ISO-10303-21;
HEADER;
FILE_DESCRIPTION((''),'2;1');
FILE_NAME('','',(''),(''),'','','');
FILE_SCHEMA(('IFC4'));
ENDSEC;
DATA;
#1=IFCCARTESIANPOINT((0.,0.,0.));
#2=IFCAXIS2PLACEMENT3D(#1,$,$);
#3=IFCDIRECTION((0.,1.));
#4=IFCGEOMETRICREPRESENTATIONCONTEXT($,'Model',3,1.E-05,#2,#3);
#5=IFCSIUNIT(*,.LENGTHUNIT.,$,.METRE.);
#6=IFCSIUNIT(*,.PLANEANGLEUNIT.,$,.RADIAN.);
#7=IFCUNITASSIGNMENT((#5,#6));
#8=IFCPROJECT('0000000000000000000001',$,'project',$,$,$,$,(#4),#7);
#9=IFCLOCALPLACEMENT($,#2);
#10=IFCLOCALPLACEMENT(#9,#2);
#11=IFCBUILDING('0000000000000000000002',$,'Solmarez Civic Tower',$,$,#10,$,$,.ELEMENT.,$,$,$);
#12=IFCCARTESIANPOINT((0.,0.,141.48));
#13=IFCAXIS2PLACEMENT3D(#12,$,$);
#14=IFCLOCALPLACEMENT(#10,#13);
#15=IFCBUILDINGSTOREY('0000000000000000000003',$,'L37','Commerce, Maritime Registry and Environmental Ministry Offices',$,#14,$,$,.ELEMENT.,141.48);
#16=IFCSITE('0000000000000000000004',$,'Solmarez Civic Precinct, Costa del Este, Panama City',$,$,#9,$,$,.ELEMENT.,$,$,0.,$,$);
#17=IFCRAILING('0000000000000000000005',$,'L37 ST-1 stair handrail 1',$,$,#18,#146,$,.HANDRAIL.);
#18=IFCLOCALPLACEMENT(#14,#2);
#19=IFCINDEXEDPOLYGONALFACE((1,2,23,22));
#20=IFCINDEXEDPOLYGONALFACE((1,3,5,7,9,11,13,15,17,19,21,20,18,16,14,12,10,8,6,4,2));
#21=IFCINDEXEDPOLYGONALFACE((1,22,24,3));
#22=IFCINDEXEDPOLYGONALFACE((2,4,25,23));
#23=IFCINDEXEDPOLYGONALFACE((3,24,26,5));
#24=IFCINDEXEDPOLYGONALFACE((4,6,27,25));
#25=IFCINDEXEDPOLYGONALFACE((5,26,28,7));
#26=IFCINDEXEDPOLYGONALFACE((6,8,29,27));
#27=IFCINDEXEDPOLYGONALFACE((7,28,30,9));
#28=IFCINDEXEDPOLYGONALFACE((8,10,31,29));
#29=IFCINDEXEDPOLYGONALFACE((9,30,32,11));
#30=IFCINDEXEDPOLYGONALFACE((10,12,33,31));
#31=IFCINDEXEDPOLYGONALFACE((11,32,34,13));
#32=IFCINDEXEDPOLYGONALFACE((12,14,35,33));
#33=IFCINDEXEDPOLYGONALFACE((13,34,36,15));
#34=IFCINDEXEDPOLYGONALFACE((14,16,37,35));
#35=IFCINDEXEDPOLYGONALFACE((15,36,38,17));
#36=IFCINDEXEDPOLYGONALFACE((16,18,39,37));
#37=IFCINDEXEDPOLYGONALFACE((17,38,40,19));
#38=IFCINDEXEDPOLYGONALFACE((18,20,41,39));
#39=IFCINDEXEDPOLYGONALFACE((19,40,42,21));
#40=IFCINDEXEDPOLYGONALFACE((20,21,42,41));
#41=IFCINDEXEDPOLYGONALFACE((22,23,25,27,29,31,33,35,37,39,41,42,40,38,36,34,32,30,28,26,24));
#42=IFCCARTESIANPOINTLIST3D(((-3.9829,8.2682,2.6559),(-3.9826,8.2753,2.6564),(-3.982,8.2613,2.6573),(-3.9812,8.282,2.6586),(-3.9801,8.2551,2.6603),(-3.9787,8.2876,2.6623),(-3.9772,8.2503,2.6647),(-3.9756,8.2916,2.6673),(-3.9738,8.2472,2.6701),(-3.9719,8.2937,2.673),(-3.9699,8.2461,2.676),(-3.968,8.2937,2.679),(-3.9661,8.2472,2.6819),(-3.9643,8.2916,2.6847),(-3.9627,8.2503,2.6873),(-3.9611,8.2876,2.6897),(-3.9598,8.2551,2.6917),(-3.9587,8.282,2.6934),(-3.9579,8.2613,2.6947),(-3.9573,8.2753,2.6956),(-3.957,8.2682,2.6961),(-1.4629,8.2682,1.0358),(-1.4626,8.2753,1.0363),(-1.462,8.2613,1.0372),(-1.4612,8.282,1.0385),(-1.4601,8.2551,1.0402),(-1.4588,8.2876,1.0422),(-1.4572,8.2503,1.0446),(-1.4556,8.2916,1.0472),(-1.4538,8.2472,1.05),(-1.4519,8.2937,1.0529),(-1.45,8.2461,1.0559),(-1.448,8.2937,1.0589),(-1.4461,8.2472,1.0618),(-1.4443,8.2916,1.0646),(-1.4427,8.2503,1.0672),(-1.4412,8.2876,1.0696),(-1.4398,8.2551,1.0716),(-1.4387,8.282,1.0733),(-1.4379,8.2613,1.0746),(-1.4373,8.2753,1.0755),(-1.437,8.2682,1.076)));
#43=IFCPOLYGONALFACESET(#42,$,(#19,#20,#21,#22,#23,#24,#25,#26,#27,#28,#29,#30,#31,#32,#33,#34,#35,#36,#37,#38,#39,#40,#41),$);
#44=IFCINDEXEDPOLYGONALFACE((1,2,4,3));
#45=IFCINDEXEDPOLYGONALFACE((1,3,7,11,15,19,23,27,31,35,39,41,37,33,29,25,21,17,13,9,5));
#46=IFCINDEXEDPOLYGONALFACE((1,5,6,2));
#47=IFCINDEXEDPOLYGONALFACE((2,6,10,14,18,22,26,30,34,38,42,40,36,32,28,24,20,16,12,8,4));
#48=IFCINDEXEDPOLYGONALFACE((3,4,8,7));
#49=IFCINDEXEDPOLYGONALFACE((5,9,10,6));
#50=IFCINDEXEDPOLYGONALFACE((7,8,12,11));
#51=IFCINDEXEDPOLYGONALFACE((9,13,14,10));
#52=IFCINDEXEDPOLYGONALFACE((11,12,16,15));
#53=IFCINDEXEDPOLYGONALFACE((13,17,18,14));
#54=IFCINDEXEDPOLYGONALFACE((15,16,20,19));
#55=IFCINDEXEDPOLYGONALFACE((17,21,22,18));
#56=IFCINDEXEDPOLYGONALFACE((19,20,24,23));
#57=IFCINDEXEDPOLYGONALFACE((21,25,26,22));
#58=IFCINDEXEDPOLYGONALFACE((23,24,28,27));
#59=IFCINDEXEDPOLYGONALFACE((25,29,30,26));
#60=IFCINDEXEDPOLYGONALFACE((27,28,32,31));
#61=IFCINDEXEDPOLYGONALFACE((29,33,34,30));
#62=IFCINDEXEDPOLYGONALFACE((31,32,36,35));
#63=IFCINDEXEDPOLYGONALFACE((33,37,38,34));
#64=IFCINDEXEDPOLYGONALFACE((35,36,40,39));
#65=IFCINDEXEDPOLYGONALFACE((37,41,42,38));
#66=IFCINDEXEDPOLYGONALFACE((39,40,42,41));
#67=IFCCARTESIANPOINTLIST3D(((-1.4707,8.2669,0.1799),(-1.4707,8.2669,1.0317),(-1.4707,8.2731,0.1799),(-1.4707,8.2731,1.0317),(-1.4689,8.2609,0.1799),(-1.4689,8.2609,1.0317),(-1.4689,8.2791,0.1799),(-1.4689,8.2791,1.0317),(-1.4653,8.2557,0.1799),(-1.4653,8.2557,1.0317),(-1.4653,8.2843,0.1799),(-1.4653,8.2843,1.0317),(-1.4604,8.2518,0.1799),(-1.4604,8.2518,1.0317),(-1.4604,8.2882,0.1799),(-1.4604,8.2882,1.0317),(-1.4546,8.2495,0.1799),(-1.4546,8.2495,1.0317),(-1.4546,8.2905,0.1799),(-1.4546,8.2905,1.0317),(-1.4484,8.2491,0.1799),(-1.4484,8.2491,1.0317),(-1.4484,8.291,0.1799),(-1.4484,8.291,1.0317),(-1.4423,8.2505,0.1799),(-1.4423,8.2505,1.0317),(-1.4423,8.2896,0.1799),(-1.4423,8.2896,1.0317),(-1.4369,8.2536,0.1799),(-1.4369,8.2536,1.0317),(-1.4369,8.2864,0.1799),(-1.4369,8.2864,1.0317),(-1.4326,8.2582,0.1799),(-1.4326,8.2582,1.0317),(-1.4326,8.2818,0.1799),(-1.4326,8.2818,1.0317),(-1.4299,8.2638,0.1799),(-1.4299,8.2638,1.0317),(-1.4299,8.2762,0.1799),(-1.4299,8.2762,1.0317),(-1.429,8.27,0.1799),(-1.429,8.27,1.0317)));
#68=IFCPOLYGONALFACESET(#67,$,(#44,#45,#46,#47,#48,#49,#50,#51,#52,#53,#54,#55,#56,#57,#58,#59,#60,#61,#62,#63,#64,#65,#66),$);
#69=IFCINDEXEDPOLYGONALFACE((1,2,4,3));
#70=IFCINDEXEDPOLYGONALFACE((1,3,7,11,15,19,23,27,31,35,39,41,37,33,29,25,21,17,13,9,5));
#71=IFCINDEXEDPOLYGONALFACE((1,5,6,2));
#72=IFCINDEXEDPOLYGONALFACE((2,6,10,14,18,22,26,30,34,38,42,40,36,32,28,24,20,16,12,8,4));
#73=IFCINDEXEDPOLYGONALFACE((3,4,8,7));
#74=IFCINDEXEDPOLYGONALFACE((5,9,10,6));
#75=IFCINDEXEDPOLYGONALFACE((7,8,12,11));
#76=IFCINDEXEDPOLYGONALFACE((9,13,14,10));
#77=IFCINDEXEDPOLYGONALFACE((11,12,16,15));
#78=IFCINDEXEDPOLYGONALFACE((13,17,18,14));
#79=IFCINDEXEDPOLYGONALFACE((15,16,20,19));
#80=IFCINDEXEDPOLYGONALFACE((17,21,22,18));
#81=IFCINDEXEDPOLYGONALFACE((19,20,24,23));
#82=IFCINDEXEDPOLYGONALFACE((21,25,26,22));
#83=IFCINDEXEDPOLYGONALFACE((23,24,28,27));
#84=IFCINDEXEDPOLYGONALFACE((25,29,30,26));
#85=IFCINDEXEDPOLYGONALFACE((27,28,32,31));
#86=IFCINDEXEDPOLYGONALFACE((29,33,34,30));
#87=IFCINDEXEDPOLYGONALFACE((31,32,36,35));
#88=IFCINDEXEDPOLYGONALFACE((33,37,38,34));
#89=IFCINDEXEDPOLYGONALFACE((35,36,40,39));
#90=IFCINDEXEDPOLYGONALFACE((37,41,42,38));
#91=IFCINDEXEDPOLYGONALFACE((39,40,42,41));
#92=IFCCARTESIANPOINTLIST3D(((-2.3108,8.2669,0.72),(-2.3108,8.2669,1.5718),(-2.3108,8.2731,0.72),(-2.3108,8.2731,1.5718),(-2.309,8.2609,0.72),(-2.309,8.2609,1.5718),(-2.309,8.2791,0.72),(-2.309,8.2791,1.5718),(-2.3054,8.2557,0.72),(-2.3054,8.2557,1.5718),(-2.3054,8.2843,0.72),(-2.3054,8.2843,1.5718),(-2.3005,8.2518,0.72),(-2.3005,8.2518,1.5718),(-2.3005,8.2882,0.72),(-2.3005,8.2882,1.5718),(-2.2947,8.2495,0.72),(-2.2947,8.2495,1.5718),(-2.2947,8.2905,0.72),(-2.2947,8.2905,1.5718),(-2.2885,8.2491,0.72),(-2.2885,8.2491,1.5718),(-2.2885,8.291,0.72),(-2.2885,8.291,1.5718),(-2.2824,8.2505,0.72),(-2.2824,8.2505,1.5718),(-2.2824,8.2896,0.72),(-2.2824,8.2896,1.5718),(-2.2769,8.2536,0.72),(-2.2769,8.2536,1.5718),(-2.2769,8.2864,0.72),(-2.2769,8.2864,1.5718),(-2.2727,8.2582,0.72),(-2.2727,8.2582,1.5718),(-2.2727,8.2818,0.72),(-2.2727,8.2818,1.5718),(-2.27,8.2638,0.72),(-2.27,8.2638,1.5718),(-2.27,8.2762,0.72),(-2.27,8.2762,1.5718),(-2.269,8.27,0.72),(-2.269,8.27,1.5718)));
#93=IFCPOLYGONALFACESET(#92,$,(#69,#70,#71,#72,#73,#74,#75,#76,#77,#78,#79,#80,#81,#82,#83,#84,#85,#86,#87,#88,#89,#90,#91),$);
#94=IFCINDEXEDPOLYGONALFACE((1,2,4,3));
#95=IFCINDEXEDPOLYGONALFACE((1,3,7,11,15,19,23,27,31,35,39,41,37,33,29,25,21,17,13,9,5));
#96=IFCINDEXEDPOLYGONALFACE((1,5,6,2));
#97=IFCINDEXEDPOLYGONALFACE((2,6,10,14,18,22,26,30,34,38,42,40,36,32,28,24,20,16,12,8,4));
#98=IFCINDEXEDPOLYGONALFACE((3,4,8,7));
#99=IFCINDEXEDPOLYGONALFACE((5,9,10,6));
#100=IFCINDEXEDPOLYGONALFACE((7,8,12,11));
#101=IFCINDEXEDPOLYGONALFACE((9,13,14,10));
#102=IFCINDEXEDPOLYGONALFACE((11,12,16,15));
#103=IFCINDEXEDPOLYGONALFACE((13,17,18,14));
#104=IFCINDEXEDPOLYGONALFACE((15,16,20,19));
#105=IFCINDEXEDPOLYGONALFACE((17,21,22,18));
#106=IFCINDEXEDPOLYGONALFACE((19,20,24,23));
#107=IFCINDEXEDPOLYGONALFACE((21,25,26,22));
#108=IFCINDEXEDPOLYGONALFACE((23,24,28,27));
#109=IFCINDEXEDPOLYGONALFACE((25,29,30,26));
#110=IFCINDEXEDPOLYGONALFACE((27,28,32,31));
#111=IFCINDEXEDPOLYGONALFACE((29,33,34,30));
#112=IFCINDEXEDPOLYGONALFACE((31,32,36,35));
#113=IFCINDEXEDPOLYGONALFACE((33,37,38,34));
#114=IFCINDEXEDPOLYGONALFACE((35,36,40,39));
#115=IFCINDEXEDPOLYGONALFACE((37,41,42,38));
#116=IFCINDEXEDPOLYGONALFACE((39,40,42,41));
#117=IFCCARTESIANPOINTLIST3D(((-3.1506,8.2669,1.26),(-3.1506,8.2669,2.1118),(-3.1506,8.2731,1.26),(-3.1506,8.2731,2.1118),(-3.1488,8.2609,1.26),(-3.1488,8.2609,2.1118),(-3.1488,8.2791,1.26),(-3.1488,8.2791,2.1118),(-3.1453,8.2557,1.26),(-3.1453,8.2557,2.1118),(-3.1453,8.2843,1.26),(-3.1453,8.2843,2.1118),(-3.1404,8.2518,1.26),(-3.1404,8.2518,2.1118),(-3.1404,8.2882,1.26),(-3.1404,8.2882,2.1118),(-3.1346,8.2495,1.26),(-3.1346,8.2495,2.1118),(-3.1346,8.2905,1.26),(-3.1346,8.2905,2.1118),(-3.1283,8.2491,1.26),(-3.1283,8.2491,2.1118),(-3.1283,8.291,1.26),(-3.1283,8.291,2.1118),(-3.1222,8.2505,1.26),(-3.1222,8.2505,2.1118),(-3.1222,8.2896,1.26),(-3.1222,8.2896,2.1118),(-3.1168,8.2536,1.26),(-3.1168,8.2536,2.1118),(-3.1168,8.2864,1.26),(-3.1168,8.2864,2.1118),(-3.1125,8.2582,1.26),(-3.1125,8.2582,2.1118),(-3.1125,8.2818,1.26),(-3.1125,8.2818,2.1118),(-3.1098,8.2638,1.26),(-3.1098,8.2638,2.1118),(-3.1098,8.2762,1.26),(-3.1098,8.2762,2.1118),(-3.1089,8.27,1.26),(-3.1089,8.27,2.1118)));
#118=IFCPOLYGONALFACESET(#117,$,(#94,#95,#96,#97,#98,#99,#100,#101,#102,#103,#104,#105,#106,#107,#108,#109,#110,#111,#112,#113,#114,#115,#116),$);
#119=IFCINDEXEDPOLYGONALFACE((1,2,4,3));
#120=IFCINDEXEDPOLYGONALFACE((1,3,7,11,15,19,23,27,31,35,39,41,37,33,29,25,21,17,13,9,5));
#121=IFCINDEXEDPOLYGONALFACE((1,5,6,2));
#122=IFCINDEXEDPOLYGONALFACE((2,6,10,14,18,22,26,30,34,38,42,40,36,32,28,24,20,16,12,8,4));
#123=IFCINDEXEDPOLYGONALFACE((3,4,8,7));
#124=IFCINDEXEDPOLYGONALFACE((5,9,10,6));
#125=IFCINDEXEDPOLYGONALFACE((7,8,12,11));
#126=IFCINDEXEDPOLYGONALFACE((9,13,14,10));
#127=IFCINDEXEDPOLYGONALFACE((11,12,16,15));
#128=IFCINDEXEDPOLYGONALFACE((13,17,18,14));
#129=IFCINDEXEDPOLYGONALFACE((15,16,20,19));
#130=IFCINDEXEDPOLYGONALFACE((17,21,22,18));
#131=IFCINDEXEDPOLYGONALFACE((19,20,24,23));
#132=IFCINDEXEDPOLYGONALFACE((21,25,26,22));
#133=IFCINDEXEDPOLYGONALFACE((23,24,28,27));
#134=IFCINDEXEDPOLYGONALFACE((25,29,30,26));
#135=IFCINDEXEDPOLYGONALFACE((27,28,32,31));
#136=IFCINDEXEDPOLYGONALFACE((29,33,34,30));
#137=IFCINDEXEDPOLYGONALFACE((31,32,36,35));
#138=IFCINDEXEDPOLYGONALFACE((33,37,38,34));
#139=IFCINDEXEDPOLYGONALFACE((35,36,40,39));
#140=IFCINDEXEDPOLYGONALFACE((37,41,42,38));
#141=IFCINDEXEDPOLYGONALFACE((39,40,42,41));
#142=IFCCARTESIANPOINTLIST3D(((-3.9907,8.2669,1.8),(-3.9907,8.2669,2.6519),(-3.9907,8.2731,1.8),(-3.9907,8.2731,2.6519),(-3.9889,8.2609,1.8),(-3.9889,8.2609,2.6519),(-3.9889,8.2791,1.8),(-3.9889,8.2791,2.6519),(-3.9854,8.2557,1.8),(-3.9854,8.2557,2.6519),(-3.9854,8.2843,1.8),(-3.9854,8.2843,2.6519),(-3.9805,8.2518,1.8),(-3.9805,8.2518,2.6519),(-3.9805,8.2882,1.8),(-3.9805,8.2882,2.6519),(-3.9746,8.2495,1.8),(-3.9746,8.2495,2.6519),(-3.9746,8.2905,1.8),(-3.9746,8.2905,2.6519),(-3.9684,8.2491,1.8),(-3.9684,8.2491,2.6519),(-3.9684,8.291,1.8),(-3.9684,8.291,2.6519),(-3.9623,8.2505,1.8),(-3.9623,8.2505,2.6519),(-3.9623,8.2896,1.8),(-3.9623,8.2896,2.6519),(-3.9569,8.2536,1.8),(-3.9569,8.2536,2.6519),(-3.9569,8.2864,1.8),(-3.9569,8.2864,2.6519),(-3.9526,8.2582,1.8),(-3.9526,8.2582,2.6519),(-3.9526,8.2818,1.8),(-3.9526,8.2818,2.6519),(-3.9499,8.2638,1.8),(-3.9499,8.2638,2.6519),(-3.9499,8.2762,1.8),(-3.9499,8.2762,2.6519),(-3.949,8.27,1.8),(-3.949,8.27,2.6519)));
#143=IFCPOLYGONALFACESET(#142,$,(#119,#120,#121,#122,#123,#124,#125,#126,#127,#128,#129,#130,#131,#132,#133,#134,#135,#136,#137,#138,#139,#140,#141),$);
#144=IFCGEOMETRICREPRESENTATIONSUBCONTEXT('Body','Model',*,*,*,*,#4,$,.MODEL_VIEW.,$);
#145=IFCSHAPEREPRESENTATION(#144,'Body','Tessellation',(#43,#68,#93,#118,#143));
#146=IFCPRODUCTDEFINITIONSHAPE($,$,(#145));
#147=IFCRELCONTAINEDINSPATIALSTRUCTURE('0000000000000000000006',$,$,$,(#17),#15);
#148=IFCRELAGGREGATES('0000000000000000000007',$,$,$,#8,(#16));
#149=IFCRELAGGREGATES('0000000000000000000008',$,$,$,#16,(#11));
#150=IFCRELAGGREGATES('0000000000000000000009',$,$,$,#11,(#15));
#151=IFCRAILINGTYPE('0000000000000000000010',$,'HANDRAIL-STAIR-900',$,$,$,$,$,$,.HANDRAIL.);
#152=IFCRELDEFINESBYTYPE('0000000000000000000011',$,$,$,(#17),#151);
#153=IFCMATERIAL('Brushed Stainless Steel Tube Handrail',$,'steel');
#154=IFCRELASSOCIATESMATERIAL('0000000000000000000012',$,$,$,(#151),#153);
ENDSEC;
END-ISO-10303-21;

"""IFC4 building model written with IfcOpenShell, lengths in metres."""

from ifc_helpers import new_model, si_unit, direction, frame, origin, origin_2d, place, context, subcontext, project, spatial, circle, extrude, material, type_object, element, save


model = new_model("IFC4")

# Units and contexts
model_context = context("Model", 3, precision=1e-05, world=origin(), true_north=direction((0.0, 1.0)))
body_context = subcontext(model_context, "Body", "Model", "MODEL_VIEW")
ifc_project = project(units=[si_unit("LENGTHUNIT", "METRE"), si_unit("PLANEANGLEUNIT", "RADIAN")], contexts=[model_context])

# Site, building, storey
site_placement = place(None, origin())
site = spatial("IfcSite", under=ifc_project, at=site_placement, Name="Solmarez Civic Precinct, Costa del Este, Panama City", CompositionType="ELEMENT", RefElevation=0.0)
building_placement = place(site_placement, origin())
building = spatial("IfcBuilding", under=site, at=building_placement, Name="Solmarez Civic Tower", CompositionType="ELEMENT")
storey_placement = place(building_placement, frame((0.0, 0.0, 141.48)))
storey = spatial("IfcBuildingStorey", under=building, at=storey_placement, Name="L37", Description="Commerce, Maritime Registry and Environmental Ministry Offices", CompositionType="ELEMENT", Elevation=141.48)

# Railing
ifc_material_1 = material(Name="Brushed Stainless Steel Tube Handrail", Category="steel")
railing_type_1 = type_object("IfcRailingType", Name="HANDRAIL-STAIR-900", PredefinedType="HANDRAIL", material=ifc_material_1)
railing_1_placement = place(storey_placement, frame((-1.45, 8.27, 0.1799)))
element("IfcRailing", 1, at=railing_1_placement, inside=storey, type_object=railing_type_1, Name="L37 ST-1 stair handrail 1", PredefinedType="HANDRAIL", context=body_context, shape_type="SweptSolid", body=[
    extrude(circle(Radius=0.0239, at=origin_2d()), frame((0.0, 0.0, 0.876), z_axis=(-0.841163, 0.0, 0.540782), x_axis=(0.0, -1.0, 0.0)), (0.0, 0.0, 1.0), 2.9958),
    extrude(circle(Radius=0.021, at=origin_2d()), origin(), (0.0, 0.0, 1.0), 0.8518),
    extrude(circle(Radius=0.021, at=origin_2d()), frame((-0.8401, 0.0, 0.54)), (0.0, 0.0, 1.0), 0.8518),
    extrude(circle(Radius=0.021, at=origin_2d()), frame((-1.6799, 0.0, 1.0801)), (0.0, 0.0, 1.0), 0.8518),
    extrude(circle(Radius=0.021, at=origin_2d()), frame((-2.52, 0.0, 1.6201)), (0.0, 0.0, 1.0), 0.8518),
])

save(model, "model.ifc")
